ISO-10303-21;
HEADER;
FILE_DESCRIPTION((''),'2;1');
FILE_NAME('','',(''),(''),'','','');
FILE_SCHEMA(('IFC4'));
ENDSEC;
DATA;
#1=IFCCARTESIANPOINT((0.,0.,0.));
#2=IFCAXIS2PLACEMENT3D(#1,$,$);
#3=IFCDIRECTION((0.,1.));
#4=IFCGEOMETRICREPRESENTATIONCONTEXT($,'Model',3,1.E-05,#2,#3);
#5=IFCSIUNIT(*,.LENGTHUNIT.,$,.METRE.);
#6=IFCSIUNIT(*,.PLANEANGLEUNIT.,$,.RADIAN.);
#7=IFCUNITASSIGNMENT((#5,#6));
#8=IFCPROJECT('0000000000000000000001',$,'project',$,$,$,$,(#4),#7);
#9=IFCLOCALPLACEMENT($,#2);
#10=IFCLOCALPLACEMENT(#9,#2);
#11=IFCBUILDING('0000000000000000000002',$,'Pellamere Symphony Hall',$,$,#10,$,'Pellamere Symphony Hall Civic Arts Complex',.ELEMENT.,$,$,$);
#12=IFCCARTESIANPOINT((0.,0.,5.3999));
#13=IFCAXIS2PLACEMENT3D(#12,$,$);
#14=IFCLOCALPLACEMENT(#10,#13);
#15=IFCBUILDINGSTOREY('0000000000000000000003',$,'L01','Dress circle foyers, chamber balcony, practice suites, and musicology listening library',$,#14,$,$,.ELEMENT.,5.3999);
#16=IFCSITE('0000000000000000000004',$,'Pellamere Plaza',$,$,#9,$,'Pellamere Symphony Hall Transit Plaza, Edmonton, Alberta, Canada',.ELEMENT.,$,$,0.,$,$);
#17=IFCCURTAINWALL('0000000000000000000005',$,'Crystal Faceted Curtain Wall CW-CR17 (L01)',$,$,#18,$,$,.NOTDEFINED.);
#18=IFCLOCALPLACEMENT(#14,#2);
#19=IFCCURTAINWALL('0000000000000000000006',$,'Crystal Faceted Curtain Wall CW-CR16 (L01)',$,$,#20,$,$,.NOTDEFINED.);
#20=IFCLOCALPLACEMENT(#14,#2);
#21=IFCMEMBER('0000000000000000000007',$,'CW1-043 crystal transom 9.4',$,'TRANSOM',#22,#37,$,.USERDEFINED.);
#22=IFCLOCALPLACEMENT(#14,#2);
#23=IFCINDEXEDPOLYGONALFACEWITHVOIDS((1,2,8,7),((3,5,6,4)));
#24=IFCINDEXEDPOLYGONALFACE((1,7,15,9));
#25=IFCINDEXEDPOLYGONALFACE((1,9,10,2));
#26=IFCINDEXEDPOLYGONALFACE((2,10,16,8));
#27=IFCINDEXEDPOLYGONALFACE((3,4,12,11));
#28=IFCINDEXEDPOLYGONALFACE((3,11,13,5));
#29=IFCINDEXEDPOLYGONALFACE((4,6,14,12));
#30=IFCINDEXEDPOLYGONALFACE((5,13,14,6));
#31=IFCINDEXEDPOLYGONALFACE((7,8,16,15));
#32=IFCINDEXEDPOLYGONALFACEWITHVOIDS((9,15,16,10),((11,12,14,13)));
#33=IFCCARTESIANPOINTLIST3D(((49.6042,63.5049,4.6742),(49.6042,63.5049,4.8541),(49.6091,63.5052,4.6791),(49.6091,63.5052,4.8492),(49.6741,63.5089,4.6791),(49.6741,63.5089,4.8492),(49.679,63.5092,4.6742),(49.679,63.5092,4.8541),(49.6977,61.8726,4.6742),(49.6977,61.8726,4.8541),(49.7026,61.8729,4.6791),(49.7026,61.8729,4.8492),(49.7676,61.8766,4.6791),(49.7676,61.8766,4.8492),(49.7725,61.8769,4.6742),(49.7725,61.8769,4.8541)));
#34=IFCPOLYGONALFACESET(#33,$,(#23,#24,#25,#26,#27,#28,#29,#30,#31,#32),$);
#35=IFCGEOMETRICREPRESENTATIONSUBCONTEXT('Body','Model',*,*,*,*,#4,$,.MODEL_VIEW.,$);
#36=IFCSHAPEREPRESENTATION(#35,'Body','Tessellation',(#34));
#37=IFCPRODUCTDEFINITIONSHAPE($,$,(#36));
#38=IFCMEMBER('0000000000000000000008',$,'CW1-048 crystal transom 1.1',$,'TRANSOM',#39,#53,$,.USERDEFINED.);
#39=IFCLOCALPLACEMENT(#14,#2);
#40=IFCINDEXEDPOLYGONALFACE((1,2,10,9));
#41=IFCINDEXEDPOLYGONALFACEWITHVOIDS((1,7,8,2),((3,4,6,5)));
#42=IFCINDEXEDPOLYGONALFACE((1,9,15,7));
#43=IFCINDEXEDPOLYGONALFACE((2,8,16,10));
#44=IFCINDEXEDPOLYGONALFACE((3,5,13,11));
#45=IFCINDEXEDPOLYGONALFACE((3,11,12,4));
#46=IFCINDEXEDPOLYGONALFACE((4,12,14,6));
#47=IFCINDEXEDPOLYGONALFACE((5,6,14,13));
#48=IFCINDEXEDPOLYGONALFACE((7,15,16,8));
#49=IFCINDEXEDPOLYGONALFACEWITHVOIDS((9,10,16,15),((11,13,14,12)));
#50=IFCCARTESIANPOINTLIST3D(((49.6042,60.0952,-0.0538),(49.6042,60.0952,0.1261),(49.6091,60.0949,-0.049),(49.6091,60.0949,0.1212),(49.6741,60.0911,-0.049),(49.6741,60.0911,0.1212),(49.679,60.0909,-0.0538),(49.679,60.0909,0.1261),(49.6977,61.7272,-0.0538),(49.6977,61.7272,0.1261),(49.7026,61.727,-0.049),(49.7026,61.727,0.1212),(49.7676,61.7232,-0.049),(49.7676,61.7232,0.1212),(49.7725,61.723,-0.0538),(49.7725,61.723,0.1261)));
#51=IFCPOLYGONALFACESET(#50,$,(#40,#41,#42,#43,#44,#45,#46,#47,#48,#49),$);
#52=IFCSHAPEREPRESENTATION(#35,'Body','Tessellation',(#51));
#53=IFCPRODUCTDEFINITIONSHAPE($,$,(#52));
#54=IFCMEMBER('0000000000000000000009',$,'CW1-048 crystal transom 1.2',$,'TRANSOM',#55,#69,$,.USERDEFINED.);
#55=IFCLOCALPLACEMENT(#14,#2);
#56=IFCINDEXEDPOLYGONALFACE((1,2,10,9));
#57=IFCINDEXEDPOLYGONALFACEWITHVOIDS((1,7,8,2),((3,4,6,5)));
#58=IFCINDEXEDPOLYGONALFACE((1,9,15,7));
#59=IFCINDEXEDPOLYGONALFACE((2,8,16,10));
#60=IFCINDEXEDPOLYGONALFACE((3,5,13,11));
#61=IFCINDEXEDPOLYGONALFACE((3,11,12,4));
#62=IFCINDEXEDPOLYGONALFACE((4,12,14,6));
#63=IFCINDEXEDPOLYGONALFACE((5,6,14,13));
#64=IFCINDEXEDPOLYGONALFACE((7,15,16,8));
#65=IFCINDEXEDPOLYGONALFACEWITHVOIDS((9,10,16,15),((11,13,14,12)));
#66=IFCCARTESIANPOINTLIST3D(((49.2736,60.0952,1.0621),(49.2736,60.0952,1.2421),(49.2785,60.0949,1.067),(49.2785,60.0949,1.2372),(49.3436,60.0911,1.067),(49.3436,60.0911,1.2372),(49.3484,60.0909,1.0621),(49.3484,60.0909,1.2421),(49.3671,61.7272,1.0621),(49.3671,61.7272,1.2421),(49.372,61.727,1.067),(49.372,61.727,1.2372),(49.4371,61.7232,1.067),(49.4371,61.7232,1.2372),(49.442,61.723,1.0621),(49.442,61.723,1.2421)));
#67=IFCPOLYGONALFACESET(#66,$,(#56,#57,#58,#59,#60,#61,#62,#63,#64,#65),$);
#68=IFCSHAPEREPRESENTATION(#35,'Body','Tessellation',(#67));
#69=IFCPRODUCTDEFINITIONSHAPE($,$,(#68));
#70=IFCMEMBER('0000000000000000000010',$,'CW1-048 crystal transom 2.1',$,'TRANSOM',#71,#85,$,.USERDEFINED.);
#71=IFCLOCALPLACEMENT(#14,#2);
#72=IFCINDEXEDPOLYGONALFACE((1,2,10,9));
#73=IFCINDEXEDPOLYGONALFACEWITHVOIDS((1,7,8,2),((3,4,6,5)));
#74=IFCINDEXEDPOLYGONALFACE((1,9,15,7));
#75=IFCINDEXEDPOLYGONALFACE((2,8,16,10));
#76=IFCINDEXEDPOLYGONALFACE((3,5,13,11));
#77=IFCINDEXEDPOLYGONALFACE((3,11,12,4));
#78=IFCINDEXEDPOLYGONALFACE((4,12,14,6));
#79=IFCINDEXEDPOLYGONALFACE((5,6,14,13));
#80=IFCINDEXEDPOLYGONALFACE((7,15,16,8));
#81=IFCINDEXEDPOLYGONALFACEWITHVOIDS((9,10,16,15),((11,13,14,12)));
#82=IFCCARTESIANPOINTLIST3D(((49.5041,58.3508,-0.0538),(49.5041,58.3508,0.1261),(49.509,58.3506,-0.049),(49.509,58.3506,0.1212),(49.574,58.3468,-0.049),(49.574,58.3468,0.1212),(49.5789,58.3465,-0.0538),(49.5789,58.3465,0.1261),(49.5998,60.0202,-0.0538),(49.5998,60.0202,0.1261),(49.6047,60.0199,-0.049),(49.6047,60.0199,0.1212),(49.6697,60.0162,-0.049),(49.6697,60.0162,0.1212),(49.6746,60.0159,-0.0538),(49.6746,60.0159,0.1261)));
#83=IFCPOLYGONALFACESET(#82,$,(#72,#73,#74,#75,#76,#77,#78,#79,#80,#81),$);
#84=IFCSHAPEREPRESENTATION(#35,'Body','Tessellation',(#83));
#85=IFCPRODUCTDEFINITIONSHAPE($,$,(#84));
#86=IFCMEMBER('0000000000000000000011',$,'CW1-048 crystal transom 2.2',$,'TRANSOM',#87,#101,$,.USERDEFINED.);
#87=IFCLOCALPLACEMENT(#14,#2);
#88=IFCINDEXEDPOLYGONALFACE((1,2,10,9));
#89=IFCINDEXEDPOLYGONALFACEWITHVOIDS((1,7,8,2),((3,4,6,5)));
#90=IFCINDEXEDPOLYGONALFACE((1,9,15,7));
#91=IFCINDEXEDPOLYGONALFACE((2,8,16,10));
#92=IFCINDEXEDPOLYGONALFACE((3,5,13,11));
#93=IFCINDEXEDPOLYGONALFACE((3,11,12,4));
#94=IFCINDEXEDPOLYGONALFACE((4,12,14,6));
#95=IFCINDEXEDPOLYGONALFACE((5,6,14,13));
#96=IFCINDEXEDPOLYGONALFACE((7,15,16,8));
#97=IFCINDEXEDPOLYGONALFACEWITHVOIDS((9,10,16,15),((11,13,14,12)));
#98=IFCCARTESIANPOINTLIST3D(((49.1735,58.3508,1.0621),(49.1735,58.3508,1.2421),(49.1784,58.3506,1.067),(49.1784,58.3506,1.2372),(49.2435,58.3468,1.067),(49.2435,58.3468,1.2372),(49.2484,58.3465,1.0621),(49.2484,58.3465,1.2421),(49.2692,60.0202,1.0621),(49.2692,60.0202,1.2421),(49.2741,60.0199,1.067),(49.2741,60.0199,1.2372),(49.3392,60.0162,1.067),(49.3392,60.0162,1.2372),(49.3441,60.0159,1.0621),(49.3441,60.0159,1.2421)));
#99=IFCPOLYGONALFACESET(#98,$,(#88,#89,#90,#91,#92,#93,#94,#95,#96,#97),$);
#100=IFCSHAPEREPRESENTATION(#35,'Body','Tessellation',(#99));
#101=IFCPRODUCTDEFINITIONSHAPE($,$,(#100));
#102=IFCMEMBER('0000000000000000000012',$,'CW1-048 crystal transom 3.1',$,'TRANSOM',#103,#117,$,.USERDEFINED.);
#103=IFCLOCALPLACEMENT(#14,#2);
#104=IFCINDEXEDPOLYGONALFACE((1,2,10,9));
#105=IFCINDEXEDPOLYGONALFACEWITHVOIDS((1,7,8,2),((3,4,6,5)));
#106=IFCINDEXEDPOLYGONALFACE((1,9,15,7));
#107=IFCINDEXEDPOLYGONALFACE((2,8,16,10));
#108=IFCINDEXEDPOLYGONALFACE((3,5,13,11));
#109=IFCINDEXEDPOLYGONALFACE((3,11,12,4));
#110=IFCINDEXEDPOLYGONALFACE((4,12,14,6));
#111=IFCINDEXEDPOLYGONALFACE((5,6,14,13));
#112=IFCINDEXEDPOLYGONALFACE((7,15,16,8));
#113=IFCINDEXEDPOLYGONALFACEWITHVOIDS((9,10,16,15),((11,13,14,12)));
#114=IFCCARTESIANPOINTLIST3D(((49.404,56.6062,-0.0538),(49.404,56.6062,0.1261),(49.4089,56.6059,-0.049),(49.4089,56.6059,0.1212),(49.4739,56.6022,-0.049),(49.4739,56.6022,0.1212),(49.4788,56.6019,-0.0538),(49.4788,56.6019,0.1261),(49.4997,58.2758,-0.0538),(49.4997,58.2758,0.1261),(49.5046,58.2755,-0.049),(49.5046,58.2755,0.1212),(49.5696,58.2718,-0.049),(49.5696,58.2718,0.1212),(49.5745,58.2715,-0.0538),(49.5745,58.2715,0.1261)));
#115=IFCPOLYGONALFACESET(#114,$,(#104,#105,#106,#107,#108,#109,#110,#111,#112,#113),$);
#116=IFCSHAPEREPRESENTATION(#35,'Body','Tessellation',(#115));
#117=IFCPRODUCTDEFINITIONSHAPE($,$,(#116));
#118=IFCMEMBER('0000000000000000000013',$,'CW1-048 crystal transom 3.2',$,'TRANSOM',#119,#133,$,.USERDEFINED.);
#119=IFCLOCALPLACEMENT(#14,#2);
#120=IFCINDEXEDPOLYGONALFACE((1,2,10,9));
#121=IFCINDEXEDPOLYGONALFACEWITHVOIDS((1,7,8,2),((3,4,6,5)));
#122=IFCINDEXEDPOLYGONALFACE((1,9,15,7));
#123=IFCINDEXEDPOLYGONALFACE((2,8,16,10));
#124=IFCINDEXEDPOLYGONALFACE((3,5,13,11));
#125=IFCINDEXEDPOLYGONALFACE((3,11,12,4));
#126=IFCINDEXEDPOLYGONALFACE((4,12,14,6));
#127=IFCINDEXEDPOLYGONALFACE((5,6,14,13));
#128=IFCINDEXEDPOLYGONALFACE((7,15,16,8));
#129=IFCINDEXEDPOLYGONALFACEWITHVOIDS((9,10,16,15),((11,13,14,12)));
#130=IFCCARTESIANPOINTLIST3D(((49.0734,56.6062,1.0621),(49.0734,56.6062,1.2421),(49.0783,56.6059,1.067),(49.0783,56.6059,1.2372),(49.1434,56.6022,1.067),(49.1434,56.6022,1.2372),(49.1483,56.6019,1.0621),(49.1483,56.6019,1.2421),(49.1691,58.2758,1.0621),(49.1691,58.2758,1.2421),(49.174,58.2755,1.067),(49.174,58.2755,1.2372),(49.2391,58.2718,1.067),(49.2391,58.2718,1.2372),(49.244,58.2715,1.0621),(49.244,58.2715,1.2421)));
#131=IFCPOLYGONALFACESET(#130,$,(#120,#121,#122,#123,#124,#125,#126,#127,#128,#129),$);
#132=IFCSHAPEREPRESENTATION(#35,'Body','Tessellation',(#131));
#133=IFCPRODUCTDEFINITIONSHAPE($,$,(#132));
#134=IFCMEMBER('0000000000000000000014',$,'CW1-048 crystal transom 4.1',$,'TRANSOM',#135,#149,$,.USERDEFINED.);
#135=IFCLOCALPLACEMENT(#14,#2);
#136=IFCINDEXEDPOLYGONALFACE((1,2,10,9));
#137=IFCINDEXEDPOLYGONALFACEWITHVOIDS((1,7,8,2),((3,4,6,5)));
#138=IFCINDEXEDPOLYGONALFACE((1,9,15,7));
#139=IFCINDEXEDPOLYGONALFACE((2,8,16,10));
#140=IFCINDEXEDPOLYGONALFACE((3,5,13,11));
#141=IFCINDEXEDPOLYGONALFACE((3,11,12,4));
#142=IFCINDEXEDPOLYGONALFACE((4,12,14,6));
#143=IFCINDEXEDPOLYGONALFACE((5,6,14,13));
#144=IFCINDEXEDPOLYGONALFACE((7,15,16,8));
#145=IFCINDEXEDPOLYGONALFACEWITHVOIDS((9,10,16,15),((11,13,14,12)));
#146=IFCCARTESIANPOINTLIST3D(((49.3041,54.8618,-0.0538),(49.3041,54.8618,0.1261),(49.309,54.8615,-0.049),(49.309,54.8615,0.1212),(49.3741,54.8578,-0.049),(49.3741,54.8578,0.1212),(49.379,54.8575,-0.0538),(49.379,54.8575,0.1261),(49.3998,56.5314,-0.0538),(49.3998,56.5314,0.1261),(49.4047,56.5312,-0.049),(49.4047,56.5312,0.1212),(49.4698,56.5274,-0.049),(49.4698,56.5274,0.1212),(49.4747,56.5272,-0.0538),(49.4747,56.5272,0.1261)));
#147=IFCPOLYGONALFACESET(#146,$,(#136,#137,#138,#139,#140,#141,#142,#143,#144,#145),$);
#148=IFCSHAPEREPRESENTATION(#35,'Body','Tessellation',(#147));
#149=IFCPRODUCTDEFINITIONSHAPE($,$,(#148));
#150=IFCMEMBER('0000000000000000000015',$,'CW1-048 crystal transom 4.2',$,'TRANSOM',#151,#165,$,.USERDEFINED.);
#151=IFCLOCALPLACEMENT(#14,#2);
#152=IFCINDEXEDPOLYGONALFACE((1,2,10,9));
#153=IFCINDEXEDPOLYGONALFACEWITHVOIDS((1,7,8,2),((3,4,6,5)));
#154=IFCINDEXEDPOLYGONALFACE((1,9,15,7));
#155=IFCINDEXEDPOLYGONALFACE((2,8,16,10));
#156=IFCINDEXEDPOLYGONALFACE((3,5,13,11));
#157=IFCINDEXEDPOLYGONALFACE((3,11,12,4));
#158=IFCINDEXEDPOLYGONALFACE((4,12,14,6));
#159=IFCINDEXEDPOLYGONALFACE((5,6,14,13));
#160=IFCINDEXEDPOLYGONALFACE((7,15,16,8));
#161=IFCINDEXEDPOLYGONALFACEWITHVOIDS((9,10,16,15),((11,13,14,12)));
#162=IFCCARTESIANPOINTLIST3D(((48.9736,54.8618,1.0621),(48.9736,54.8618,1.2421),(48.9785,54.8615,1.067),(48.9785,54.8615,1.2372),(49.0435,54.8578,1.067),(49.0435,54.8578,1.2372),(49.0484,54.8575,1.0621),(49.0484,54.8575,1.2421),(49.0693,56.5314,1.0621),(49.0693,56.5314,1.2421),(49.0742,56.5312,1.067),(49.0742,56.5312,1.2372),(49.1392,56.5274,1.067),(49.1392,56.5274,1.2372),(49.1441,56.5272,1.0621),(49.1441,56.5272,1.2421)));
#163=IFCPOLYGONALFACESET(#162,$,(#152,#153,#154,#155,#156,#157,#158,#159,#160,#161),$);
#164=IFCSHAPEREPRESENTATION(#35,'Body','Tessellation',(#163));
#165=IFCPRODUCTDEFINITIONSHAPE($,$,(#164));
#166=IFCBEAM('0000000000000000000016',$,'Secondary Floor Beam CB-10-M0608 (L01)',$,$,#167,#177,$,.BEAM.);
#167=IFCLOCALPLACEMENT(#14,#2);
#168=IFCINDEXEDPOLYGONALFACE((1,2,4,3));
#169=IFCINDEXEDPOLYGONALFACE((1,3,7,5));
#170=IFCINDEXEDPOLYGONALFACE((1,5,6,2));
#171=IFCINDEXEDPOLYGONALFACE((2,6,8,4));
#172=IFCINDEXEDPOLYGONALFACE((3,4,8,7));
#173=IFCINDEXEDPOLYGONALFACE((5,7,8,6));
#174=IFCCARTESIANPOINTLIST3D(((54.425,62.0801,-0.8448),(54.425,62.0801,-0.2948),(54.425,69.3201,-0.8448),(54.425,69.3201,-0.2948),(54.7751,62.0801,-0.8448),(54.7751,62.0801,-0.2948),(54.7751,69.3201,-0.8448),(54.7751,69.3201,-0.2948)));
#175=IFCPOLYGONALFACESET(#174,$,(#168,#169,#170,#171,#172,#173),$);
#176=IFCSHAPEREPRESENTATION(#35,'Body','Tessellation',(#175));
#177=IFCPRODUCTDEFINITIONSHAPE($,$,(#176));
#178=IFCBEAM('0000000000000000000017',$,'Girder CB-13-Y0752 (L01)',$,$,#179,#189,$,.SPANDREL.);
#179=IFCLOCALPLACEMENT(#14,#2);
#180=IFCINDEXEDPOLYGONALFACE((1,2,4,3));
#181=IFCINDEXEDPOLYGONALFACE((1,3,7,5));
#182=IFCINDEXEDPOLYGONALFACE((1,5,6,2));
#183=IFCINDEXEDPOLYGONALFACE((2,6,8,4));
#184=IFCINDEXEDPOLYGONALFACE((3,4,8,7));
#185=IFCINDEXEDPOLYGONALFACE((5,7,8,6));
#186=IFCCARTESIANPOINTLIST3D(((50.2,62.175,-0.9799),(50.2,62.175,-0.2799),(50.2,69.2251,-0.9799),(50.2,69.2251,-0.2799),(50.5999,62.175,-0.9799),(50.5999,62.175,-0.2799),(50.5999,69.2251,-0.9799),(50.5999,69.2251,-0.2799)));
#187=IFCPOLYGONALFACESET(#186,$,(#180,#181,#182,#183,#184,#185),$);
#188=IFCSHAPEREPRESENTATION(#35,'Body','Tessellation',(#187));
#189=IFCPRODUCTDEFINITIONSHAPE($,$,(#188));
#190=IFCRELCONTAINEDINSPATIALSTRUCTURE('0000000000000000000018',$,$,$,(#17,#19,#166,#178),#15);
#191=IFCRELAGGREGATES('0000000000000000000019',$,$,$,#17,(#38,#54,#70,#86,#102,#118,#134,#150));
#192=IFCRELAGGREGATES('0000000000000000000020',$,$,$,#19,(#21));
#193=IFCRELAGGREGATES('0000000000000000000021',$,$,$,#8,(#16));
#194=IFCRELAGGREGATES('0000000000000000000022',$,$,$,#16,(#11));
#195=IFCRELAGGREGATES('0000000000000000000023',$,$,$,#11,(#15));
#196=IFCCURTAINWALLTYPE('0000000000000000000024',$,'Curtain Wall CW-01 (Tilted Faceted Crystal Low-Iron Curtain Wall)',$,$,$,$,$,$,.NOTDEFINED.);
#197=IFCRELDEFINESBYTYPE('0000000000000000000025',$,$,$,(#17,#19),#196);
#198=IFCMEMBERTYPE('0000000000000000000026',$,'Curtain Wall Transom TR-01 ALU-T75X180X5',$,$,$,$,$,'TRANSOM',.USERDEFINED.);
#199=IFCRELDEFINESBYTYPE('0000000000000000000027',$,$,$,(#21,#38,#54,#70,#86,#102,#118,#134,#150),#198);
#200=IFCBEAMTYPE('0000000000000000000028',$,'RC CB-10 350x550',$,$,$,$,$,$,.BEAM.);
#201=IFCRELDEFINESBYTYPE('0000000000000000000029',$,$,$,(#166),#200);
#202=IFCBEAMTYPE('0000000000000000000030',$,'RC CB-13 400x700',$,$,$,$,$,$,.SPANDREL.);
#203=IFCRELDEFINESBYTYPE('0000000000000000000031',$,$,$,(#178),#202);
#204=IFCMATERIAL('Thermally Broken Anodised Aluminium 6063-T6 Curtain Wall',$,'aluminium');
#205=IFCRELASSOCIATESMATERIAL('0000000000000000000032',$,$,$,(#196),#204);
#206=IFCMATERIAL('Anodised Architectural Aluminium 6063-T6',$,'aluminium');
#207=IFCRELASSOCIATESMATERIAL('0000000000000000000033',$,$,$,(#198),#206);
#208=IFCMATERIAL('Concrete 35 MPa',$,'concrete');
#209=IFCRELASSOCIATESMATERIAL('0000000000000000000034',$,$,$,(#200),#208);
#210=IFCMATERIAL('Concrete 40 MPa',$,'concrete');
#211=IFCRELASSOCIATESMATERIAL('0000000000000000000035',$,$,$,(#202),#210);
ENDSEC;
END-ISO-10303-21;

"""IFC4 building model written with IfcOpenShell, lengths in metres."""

from ifc_helpers import new_model, si_unit, direction, frame, origin, origin_2d, place, context, subcontext, project, spatial, rectangle, hollow_rectangle, extrude, material, material_profile, profile_set, type_object, element, aggregate, save


model = new_model("IFC4")

# Units and contexts
model_context = context("Model", 3, precision=1e-05, world=origin(), true_north=direction((0.0, 1.0)))
body_context = subcontext(model_context, "Body", "Model", "MODEL_VIEW")
ifc_project = project(units=[si_unit("LENGTHUNIT", "METRE"), si_unit("PLANEANGLEUNIT", "RADIAN")], contexts=[model_context])

# Site, building, storey
site_placement = place(None, origin())
site = spatial("IfcSite", under=ifc_project, at=site_placement, Name="Pellamere Plaza", LongName="Pellamere Symphony Hall Transit Plaza, Edmonton, Alberta, Canada", CompositionType="ELEMENT", RefElevation=0.0)
building_placement = place(site_placement, origin())
building = spatial("IfcBuilding", under=site, at=building_placement, Name="Pellamere Symphony Hall", LongName="Pellamere Symphony Hall Civic Arts Complex", CompositionType="ELEMENT")
storey_placement = place(building_placement, frame((0.0, 0.0, 5.3999)))
storey = spatial("IfcBuildingStorey", under=building, at=storey_placement, Name="L01", Description="Dress circle foyers, chamber balcony, practice suites, and musicology listening library", CompositionType="ELEMENT", Elevation=5.3999)

# Shared definitions
ifc_material_1 = material(Name="Concrete 40 MPa", Category="concrete")

# Curtain walls, member
ifc_material_2 = material(Name="Thermally Broken Anodised Aluminium 6063-T6 Curtain Wall", Category="aluminium")
curtain_wall_type = type_object("IfcCurtainWallType", Name="Curtain Wall CW-01 (Tilted Faceted Crystal Low-Iron Curtain Wall)", PredefinedType="NOTDEFINED", material=ifc_material_2)
curtain_wall_1_placement = place(storey_placement, origin())
curtain_wall_1 = element("IfcCurtainWall", 1, at=curtain_wall_1_placement, inside=storey, type_object=curtain_wall_type, Name="Crystal Faceted Curtain Wall CW-CR17 (L01)", PredefinedType="NOTDEFINED")
ifc_material_3 = material(Name="Anodised Architectural Aluminium 6063-T6", Category="aluminium")
curtain_wall_2_placement = place(storey_placement, origin())
curtain_wall_2 = element("IfcCurtainWall", 2, at=curtain_wall_2_placement, inside=storey, type_object=curtain_wall_type, Name="Crystal Faceted Curtain Wall CW-CR16 (L01)", PredefinedType="NOTDEFINED")
ifc_material_profile_1 = material_profile(ifc_material_3, hollow_rectangle(XDim=0.075, YDim=0.1799, WallThickness=0.0049, at=origin_2d()), Name="ALU-T75X180X5")
ifc_profile_set_1 = profile_set([ifc_material_profile_1], Name="Anodised Architectural Aluminium 6063-T6")
member_type_1 = type_object("IfcMemberType", Name="Curtain Wall Transom TR-01 ALU-T75X180X5", ElementType="TRANSOM", PredefinedType="USERDEFINED", material=ifc_profile_set_1)
member_1_placement = place(storey_placement, frame((49.6416, 63.5071, 4.7642), z_axis=(0.05719, -0.998363, 0.0), x_axis=(0.998363, 0.05719, 0.0)))
member_1 = element("IfcMember", 3, at=member_1_placement, type_object=member_type_1, Name="CW1-043 crystal transom 9.4", ObjectType="TRANSOM", PredefinedType="USERDEFINED", context=body_context, shape_type="SweptSolid", body=[
    extrude(hollow_rectangle(XDim=0.075, YDim=0.1799, WallThickness=0.0049, at=origin_2d()), origin(), (0.0, 0.0, 1.0), 1.635),
])

# Members
member_2_placement = place(storey_placement, frame((49.7351, 61.7251, 0.0361), z_axis=(-0.057199, -0.998363, 0.0), x_axis=(0.998363, -0.057199, 0.0)))
member_2 = element("IfcMember", 4, at=member_2_placement, type_object=member_type_1, Name="CW1-048 crystal transom 1.1", ObjectType="TRANSOM", PredefinedType="USERDEFINED", context=body_context, shape_type="SweptSolid", body=[
    extrude(hollow_rectangle(XDim=0.075, YDim=0.1799, WallThickness=0.0049, at=origin_2d()), origin(), (0.0, 0.0, 1.0), 1.6348),
])
member_3_placement = place(storey_placement, frame((49.4045, 61.7251, 1.1521), z_axis=(-0.057199, -0.998363, 0.0), x_axis=(0.998363, -0.057199, 0.0)))
member_3 = element("IfcMember", 5, at=member_3_placement, type_object=member_type_1, Name="CW1-048 crystal transom 1.2", ObjectType="TRANSOM", PredefinedType="USERDEFINED", context=body_context, shape_type="SweptSolid", body=[
    extrude(hollow_rectangle(XDim=0.075, YDim=0.1799, WallThickness=0.0049, at=origin_2d()), origin(), (0.0, 0.0, 1.0), 1.6348),
])
member_4_placement = place(storey_placement, frame((49.6372, 60.0181, 0.0361), z_axis=(-0.057233, -0.998361, 0.0), x_axis=(0.998361, -0.057233, 0.0)))
member_4 = element("IfcMember", 6, at=member_4_placement, type_object=member_type_1, Name="CW1-048 crystal transom 2.1", ObjectType="TRANSOM", PredefinedType="USERDEFINED", context=body_context, shape_type="SweptSolid", body=[
    extrude(hollow_rectangle(XDim=0.075, YDim=0.1799, WallThickness=0.0049, at=origin_2d()), origin(), (0.0, 0.0, 1.0), 1.6721),
])
member_5_placement = place(storey_placement, frame((49.3066, 60.0181, 1.1521), z_axis=(-0.057233, -0.998361, 0.0), x_axis=(0.998361, -0.057233, 0.0)))
member_5 = element("IfcMember", 7, at=member_5_placement, type_object=member_type_1, Name="CW1-048 crystal transom 2.2", ObjectType="TRANSOM", PredefinedType="USERDEFINED", context=body_context, shape_type="SweptSolid", body=[
    extrude(hollow_rectangle(XDim=0.075, YDim=0.1799, WallThickness=0.0049, at=origin_2d()), origin(), (0.0, 0.0, 1.0), 1.6721),
])
member_6_placement = place(storey_placement, frame((49.5371, 58.2737, 0.0361), z_axis=(-0.057224, -0.998361, 0.0), x_axis=(0.998361, -0.057224, 0.0)))
member_6 = element("IfcMember", 8, at=member_6_placement, type_object=member_type_1, Name="CW1-048 crystal transom 3.1", ObjectType="TRANSOM", PredefinedType="USERDEFINED", context=body_context, shape_type="SweptSolid", body=[
    extrude(hollow_rectangle(XDim=0.075, YDim=0.1799, WallThickness=0.0049, at=origin_2d()), origin(), (0.0, 0.0, 1.0), 1.6724),
])
member_7_placement = place(storey_placement, frame((49.2065, 58.2737, 1.1521), z_axis=(-0.057224, -0.998361, 0.0), x_axis=(0.998361, -0.057224, 0.0)))
member_7 = element("IfcMember", 9, at=member_7_placement, type_object=member_type_1, Name="CW1-048 crystal transom 3.2", ObjectType="TRANSOM", PredefinedType="USERDEFINED", context=body_context, shape_type="SweptSolid", body=[
    extrude(hollow_rectangle(XDim=0.075, YDim=0.1799, WallThickness=0.0049, at=origin_2d()), origin(), (0.0, 0.0, 1.0), 1.6724),
])
member_8_placement = place(storey_placement, frame((49.4373, 56.5293, 0.0361), z_axis=(-0.057224, -0.998361, 0.0), x_axis=(0.998361, -0.057224, 0.0)))
member_8 = element("IfcMember", 10, at=member_8_placement, type_object=member_type_1, Name="CW1-048 crystal transom 4.1", ObjectType="TRANSOM", PredefinedType="USERDEFINED", context=body_context, shape_type="SweptSolid", body=[
    extrude(hollow_rectangle(XDim=0.075, YDim=0.1799, WallThickness=0.0049, at=origin_2d()), origin(), (0.0, 0.0, 1.0), 1.6724),
])
member_9_placement = place(storey_placement, frame((49.1067, 56.5293, 1.1521), z_axis=(-0.057224, -0.998361, 0.0), x_axis=(0.998361, -0.057224, 0.0)))
member_9 = element("IfcMember", 11, at=member_9_placement, type_object=member_type_1, Name="CW1-048 crystal transom 4.2", ObjectType="TRANSOM", PredefinedType="USERDEFINED", context=body_context, shape_type="SweptSolid", body=[
    extrude(hollow_rectangle(XDim=0.075, YDim=0.1799, WallThickness=0.0049, at=origin_2d()), origin(), (0.0, 0.0, 1.0), 1.6724),
])

# Beams
ifc_material_4 = material(Name="Concrete 35 MPa", Category="concrete")
ifc_material_profile_2 = material_profile(ifc_material_4, rectangle(XDim=0.3501, YDim=0.55, at=origin_2d()), Name="RC 350x550")
ifc_profile_set_2 = profile_set([ifc_material_profile_2], Name="Concrete 35 MPa")
beam_type_1 = type_object("IfcBeamType", Name="RC CB-10 350x550", PredefinedType="BEAM", material=ifc_profile_set_2)
beam_1_placement = place(storey_placement, frame((54.6001, 62.0801, -0.5698), z_axis=(0.0, 1.0, 0.0), x_axis=(-1.0, 0.0, 0.0)))
element("IfcBeam", 12, at=beam_1_placement, inside=storey, type_object=beam_type_1, Name="Secondary Floor Beam CB-10-M0608 (L01)", PredefinedType="BEAM", context=body_context, shape_type="SweptSolid", body=[
    extrude(rectangle(XDim=0.3501, YDim=0.55, at=origin_2d()), origin(), (0.0, 0.0, 1.0), 7.24),
])
ifc_material_profile_3 = material_profile(ifc_material_1, rectangle(XDim=0.3999, YDim=0.7, at=origin_2d()), Name="RC 400x700")
ifc_profile_set_3 = profile_set([ifc_material_profile_3], Name="Concrete 40 MPa")
beam_type_2 = type_object("IfcBeamType", Name="RC CB-13 400x700", PredefinedType="SPANDREL", material=ifc_profile_set_3)
beam_2_placement = place(storey_placement, frame((50.3999, 62.175, -0.6299), z_axis=(0.0, 1.0, 0.0), x_axis=(-1.0, 0.0, 0.0)))
element("IfcBeam", 13, at=beam_2_placement, inside=storey, type_object=beam_type_2, Name="Girder CB-13-Y0752 (L01)", PredefinedType="SPANDREL", context=body_context, shape_type="SweptSolid", body=[
    extrude(rectangle(XDim=0.3999, YDim=0.7, at=origin_2d()), origin(), (0.0, 0.0, 1.0), 7.05),
])

aggregate(curtain_wall_1, [member_2, member_3, member_4, member_5, member_6, member_7, member_8, member_9])
aggregate(curtain_wall_2, [member_1])

save(model, "model.ifc")
